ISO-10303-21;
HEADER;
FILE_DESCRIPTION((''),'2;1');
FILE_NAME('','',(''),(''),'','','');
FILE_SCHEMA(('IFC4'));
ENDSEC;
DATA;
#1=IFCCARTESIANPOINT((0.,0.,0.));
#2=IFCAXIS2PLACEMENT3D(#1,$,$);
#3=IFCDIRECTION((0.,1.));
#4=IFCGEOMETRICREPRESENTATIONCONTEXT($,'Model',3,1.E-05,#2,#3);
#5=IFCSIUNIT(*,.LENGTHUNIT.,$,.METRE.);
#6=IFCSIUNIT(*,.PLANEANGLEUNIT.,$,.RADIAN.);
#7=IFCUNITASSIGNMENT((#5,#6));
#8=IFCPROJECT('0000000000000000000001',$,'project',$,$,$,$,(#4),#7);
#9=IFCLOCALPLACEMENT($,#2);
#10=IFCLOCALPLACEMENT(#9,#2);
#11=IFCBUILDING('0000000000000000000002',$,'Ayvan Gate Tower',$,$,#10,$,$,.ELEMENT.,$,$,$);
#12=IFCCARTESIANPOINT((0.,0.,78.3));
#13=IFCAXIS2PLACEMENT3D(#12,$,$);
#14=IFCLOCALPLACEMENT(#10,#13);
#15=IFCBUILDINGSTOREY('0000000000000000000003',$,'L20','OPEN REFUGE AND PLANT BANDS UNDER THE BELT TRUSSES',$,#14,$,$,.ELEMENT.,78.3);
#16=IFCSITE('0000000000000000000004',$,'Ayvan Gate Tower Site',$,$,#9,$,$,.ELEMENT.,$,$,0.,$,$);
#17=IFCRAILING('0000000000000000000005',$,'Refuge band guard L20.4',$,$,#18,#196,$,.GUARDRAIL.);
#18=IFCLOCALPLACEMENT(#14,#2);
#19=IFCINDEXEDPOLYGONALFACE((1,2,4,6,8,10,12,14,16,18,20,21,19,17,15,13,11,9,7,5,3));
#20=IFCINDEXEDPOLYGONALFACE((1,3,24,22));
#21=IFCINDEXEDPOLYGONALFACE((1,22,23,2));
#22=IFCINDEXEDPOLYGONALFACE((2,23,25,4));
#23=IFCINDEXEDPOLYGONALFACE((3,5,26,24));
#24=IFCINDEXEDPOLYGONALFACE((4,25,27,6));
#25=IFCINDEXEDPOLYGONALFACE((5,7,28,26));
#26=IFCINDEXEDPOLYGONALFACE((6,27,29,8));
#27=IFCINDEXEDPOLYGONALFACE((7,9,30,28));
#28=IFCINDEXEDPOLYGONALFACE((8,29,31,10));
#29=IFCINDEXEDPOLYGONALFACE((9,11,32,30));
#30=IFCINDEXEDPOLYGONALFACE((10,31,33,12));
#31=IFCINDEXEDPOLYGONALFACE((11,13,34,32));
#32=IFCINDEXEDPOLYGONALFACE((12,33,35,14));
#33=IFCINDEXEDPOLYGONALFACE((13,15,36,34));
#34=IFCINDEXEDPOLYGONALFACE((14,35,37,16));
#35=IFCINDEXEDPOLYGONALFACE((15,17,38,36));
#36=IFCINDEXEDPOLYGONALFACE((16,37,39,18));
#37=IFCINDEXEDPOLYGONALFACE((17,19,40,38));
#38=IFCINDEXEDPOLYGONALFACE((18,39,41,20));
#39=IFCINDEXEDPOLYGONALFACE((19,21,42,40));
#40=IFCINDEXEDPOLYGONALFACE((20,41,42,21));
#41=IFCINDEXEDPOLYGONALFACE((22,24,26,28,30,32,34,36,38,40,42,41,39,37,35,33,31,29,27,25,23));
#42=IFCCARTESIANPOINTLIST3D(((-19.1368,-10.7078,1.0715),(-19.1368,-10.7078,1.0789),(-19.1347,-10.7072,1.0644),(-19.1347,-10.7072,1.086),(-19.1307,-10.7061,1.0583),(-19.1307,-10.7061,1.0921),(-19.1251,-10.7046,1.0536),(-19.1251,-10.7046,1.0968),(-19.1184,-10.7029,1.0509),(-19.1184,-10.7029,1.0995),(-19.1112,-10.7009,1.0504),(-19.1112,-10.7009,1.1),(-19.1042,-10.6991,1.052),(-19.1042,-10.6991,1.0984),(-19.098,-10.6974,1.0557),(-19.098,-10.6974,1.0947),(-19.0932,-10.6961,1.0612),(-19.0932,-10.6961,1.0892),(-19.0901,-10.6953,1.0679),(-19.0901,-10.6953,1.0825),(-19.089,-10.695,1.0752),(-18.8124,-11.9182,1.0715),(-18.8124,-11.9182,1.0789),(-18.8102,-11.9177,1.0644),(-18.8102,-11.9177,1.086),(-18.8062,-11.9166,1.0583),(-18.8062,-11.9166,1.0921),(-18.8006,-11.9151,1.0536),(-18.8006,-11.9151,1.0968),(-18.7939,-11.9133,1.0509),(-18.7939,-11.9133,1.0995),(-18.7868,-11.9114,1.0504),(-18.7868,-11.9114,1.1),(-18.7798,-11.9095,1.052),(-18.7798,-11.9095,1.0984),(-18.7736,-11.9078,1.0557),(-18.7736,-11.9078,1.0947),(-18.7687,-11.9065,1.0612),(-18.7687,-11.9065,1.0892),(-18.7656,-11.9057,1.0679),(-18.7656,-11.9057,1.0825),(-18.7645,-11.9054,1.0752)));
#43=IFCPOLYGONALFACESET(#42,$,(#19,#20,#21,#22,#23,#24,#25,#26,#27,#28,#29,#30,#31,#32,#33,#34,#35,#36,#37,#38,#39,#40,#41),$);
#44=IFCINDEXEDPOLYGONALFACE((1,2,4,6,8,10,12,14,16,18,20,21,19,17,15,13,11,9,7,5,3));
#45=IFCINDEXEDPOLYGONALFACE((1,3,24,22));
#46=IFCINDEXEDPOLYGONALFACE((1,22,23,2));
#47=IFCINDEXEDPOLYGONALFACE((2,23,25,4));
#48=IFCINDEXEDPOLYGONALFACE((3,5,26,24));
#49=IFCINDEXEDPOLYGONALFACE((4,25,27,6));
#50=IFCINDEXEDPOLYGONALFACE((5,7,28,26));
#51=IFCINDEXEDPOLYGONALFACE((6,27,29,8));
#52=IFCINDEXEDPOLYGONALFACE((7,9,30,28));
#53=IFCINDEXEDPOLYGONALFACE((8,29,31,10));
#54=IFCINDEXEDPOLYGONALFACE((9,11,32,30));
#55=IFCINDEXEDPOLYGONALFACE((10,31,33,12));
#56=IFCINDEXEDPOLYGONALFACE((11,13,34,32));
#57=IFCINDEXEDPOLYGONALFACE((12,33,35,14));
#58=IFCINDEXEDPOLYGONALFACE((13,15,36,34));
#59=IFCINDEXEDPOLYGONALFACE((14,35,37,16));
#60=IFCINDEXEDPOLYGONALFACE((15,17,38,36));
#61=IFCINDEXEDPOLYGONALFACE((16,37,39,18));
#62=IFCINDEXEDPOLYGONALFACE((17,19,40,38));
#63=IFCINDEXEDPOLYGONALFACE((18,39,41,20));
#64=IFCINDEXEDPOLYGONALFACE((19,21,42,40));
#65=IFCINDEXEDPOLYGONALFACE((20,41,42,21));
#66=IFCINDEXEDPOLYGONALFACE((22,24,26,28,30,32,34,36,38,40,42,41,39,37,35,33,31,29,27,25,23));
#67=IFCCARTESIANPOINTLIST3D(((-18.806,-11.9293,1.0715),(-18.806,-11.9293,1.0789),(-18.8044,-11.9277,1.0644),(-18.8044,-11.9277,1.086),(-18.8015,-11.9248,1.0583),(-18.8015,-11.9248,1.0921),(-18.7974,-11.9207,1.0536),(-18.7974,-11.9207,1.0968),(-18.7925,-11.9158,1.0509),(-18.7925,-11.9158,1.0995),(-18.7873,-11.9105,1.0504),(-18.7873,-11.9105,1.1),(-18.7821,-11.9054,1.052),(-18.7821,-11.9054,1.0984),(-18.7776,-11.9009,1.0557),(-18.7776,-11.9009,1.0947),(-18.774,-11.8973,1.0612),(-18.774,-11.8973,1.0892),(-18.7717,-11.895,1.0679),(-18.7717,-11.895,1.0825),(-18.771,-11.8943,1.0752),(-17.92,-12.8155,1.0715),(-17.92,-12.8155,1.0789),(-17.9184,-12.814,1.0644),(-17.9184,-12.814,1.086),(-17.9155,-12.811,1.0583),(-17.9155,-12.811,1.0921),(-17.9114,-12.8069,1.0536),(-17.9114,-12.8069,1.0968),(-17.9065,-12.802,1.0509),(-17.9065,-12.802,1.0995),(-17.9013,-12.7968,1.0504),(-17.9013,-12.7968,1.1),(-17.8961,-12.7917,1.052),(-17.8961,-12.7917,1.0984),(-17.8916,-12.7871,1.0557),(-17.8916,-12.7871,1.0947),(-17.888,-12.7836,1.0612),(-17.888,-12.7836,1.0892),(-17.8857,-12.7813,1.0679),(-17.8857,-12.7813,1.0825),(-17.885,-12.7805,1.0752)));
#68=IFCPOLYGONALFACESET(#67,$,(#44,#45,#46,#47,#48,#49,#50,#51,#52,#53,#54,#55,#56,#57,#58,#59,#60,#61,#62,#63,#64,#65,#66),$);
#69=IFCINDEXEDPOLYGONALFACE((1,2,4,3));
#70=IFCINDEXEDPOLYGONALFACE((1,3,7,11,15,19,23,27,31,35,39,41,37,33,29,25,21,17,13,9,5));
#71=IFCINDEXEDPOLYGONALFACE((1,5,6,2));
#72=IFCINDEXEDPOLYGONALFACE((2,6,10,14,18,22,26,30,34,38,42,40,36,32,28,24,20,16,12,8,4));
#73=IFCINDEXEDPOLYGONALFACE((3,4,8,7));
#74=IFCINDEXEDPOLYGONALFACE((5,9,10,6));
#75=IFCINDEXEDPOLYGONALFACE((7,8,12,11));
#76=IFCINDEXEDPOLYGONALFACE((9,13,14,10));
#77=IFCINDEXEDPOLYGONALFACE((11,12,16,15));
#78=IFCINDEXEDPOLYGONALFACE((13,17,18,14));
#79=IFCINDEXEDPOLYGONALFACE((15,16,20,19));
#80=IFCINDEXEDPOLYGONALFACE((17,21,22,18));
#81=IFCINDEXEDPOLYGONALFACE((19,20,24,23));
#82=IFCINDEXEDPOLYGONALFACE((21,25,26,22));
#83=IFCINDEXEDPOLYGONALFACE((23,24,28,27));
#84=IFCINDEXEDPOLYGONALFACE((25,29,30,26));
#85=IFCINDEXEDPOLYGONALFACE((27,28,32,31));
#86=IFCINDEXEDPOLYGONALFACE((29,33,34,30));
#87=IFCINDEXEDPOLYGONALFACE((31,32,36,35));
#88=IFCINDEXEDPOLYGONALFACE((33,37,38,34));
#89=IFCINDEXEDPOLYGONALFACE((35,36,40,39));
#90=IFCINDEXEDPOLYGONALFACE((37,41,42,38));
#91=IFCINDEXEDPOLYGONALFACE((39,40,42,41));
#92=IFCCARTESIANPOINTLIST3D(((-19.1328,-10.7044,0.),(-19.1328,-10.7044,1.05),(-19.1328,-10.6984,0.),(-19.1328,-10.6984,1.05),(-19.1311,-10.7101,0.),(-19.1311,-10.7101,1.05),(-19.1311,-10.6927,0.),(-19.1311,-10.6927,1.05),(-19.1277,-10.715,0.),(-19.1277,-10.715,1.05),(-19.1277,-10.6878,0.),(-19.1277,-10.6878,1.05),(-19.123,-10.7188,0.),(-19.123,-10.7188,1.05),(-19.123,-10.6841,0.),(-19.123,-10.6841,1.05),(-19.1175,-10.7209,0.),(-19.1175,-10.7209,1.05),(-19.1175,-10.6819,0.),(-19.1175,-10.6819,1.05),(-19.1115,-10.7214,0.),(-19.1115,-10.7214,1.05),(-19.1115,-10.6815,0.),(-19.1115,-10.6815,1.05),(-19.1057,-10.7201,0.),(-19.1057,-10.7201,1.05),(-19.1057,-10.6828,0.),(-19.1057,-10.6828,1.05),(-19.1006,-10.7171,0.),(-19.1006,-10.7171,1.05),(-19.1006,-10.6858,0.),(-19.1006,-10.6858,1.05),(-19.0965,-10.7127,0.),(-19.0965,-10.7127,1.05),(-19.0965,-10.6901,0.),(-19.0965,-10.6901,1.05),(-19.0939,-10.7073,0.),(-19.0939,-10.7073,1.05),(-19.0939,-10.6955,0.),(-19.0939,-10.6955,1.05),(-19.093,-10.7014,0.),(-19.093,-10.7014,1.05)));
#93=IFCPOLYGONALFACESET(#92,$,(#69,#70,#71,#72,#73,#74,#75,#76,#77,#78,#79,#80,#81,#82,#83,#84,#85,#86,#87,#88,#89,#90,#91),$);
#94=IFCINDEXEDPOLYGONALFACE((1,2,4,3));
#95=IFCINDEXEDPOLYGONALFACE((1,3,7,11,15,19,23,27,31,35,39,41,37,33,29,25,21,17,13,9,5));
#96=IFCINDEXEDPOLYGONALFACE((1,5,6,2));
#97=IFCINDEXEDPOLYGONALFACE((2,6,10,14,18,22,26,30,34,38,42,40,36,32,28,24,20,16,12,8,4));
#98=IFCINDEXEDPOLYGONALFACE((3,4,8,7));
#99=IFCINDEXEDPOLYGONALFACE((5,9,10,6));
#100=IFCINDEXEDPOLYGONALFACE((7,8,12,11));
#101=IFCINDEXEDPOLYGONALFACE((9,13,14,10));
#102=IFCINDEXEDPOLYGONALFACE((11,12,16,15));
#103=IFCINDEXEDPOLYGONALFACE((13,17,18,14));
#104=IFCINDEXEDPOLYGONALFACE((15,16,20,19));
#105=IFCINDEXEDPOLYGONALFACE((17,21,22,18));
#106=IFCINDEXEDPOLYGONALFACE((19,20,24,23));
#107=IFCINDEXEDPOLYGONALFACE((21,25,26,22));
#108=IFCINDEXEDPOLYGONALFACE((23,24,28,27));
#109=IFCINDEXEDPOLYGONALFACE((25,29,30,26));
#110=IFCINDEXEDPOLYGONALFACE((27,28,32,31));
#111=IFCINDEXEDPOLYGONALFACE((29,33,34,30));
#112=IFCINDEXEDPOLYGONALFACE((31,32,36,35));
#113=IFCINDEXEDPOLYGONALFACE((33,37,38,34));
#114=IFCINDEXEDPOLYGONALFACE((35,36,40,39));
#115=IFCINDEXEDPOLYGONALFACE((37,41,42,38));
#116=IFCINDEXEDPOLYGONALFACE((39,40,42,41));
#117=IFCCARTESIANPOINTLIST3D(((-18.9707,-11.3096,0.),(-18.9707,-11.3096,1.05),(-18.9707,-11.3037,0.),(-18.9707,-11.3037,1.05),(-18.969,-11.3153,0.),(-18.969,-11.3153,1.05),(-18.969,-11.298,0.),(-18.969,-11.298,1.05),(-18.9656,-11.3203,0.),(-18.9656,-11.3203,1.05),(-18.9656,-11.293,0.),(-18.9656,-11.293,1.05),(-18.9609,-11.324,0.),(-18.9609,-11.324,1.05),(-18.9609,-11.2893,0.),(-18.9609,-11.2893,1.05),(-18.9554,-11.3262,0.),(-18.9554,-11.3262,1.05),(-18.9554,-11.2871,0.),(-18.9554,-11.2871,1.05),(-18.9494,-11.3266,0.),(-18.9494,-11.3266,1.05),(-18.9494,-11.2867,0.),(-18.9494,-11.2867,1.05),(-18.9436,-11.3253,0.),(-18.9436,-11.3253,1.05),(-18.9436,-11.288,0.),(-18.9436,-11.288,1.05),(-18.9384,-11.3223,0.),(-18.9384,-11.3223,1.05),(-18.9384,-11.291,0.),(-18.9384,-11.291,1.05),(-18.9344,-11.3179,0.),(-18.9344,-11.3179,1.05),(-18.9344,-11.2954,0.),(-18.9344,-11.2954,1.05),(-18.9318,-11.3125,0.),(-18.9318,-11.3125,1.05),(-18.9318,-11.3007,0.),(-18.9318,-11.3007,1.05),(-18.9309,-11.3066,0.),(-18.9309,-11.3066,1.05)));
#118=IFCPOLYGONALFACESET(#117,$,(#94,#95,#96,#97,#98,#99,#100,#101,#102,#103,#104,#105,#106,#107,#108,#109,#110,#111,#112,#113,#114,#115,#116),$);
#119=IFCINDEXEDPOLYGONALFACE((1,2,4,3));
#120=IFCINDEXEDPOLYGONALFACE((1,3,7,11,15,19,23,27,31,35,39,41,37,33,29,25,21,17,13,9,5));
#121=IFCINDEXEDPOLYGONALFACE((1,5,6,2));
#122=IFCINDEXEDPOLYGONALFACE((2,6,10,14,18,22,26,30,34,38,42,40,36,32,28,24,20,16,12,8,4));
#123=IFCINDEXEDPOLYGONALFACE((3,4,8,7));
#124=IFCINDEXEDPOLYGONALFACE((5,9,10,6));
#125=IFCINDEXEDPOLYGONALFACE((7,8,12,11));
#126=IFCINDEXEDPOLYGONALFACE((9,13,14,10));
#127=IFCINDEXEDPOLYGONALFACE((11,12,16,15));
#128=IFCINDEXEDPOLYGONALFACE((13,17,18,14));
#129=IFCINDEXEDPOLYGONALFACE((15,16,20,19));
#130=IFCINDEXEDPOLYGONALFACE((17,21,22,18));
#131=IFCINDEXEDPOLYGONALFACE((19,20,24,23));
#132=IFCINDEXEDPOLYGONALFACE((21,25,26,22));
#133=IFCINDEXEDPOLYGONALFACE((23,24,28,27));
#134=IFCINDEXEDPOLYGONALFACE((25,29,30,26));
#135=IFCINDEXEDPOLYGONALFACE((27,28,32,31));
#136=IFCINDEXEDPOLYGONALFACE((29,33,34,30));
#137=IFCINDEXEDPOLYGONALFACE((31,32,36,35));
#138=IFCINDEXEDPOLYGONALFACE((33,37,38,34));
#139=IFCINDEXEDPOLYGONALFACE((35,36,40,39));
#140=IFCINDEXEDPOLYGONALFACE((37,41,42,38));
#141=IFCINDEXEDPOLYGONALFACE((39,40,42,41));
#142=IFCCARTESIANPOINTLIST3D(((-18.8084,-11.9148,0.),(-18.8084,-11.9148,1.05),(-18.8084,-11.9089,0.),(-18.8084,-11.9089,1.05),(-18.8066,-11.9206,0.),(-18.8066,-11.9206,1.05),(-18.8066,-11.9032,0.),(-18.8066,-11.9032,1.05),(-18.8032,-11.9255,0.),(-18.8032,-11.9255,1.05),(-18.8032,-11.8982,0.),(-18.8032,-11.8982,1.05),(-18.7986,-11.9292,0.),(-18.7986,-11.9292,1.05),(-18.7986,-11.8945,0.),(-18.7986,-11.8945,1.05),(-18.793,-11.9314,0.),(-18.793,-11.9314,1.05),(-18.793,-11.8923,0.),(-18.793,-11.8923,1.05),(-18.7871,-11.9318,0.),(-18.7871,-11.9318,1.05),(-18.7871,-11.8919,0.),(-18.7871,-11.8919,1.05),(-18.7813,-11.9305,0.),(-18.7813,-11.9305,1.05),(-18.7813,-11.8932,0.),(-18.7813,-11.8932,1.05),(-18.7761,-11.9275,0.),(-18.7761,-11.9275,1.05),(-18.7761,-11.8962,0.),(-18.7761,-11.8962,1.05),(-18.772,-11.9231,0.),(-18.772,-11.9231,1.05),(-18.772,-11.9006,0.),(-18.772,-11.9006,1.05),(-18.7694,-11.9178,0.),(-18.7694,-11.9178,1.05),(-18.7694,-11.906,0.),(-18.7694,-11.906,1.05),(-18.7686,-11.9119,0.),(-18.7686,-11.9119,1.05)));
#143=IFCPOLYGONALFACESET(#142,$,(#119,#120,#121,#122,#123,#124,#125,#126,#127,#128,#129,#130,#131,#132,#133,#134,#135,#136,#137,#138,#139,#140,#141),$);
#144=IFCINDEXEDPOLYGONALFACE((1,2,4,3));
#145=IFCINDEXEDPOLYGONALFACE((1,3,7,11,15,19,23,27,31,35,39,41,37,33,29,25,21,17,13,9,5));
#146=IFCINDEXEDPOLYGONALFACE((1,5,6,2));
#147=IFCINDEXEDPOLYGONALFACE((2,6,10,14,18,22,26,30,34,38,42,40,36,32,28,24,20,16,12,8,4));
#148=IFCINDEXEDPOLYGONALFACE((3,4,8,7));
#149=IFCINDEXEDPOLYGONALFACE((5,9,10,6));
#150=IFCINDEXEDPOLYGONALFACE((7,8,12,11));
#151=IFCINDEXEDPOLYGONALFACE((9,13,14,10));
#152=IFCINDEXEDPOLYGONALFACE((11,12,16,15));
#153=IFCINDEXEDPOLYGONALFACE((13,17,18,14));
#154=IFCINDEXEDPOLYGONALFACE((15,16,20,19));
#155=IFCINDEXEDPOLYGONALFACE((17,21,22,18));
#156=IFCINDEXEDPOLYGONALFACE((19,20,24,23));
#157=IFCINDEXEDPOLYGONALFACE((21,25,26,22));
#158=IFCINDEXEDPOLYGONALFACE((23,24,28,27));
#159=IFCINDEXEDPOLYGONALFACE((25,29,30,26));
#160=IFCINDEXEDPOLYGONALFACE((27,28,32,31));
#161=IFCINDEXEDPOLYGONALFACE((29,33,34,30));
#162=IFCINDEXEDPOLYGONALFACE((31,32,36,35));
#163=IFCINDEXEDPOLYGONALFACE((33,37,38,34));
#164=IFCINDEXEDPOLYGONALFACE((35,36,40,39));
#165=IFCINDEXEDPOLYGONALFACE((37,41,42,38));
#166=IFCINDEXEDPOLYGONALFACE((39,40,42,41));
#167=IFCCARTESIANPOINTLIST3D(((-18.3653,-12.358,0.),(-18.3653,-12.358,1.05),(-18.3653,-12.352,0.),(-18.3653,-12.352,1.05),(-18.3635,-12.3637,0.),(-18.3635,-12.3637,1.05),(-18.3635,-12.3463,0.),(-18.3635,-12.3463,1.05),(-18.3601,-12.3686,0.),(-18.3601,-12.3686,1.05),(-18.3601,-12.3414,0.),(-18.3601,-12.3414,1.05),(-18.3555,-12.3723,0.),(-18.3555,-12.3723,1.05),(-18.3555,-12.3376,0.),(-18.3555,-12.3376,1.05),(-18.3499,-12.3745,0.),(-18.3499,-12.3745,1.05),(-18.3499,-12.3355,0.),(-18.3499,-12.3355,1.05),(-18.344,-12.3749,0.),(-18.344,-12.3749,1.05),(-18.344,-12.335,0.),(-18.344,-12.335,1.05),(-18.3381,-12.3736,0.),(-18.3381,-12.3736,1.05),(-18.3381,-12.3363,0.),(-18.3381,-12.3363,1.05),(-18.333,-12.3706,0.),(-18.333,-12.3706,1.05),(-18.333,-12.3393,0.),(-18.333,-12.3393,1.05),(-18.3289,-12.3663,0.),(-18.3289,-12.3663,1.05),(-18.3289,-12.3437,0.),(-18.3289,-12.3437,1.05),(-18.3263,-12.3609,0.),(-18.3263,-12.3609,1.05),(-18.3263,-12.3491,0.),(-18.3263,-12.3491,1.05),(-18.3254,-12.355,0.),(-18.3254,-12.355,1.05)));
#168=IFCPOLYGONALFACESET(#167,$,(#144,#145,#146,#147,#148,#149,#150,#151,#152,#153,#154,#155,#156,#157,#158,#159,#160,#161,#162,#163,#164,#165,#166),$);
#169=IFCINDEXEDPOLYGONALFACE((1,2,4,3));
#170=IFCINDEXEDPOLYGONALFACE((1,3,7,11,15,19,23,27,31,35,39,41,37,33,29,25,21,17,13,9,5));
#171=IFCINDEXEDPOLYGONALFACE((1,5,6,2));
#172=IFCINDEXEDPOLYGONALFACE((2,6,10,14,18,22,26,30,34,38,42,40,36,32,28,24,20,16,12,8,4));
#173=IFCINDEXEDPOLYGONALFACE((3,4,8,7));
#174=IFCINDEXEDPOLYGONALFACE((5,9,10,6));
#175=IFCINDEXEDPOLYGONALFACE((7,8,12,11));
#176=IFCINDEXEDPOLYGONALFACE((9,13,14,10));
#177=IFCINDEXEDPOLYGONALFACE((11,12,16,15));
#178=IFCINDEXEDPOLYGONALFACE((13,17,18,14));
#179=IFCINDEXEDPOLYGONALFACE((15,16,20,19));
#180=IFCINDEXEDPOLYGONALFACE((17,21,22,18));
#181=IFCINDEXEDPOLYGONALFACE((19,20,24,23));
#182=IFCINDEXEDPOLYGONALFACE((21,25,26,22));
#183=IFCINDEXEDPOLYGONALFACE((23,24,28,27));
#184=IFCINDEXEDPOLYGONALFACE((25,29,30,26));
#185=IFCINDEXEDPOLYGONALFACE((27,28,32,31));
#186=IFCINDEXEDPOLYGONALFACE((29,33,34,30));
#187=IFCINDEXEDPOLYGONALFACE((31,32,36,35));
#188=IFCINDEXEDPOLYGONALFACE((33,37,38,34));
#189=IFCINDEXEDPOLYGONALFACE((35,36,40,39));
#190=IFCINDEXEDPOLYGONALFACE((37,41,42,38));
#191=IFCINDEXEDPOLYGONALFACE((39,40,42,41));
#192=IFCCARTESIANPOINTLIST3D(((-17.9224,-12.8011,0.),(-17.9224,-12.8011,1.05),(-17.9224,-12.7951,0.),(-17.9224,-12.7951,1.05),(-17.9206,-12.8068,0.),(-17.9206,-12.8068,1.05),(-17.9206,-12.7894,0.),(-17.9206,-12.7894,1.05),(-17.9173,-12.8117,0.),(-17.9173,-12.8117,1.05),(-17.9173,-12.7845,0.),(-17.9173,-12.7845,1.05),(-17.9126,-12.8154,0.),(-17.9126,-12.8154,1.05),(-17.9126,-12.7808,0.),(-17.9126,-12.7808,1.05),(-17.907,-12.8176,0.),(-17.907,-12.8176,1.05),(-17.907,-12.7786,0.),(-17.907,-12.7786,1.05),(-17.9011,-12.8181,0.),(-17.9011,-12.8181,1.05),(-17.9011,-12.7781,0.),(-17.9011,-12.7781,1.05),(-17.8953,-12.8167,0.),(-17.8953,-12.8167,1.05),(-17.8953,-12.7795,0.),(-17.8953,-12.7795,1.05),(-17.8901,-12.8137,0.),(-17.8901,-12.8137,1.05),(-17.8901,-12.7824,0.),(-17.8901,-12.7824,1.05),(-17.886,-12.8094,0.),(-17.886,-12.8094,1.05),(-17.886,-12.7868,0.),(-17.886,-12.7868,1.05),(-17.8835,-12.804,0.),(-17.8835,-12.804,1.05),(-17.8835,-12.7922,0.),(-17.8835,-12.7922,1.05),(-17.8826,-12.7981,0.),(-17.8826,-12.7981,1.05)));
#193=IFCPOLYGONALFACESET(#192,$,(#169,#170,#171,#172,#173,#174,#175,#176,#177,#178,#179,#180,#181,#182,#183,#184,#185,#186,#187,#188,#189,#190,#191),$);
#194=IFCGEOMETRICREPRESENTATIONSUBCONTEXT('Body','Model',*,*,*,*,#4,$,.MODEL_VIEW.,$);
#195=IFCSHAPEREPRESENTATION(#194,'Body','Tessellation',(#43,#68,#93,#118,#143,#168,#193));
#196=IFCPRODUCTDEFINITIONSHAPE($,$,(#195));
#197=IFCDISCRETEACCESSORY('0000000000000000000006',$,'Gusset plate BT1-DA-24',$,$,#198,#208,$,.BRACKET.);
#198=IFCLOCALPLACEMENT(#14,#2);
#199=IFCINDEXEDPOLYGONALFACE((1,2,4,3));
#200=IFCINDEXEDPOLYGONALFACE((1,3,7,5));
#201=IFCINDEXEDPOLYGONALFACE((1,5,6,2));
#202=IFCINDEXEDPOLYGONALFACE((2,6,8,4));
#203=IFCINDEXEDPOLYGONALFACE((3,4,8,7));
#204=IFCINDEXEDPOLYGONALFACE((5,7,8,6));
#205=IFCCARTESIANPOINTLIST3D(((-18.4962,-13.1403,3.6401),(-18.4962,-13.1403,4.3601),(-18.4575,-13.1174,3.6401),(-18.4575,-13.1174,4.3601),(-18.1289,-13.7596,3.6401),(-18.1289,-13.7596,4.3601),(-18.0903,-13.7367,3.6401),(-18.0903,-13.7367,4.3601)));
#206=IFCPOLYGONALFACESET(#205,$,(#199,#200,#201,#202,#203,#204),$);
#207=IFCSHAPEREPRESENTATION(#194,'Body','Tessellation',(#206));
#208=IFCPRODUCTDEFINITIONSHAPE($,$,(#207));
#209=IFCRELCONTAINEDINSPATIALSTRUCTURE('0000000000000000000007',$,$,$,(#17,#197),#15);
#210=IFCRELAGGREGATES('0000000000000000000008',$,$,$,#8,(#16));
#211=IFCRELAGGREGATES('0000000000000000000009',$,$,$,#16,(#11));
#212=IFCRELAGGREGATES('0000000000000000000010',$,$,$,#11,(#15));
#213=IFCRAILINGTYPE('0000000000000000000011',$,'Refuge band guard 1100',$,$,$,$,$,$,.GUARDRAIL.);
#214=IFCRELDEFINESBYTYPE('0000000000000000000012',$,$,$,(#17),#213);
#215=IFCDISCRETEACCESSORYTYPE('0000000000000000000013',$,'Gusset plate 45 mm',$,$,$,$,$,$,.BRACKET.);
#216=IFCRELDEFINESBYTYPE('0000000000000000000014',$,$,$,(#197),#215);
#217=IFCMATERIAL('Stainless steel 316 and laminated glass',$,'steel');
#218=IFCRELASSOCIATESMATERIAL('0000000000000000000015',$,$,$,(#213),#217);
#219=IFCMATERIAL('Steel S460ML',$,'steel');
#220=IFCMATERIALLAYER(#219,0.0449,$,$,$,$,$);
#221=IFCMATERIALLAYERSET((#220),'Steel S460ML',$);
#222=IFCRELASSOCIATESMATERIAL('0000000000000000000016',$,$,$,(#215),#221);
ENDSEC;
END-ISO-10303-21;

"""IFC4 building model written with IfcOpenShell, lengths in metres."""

from ifc_helpers import new_model, si_unit, direction, frame, origin, origin_2d, place, context, subcontext, project, spatial, rectangle, circle, extrude, material, layer, layer_set, type_object, element, save


model = new_model("IFC4")

# Units and contexts
model_context = context("Model", 3, precision=1e-05, world=origin(), true_north=direction((0.0, 1.0)))
body_context = subcontext(model_context, "Body", "Model", "MODEL_VIEW")
ifc_project = project(units=[si_unit("LENGTHUNIT", "METRE"), si_unit("PLANEANGLEUNIT", "RADIAN")], contexts=[model_context])

# Site, building, storey
site_placement = place(None, origin())
site = spatial("IfcSite", under=ifc_project, at=site_placement, Name="Ayvan Gate Tower Site", CompositionType="ELEMENT", RefElevation=0.0)
building_placement = place(site_placement, origin())
building = spatial("IfcBuilding", under=site, at=building_placement, Name="Ayvan Gate Tower", CompositionType="ELEMENT")
storey_placement = place(building_placement, frame((0.0, 0.0, 78.3)))
storey = spatial("IfcBuildingStorey", under=building, at=storey_placement, Name="L20", Description="OPEN REFUGE AND PLANT BANDS UNDER THE BELT TRUSSES", CompositionType="ELEMENT", Elevation=78.3)

# Shared definitions
ifc_material_1 = material(Name="Steel S460ML", Category="steel")

# Railing
ifc_material_2 = material(Name="Stainless steel 316 and laminated glass", Category="steel")
railing_type_1 = type_object("IfcRailingType", Name="Refuge band guard 1100", PredefinedType="GUARDRAIL", material=ifc_material_2)
railing_1_placement = place(storey_placement, frame((-19.113, -10.7014, 0.0)))
element("IfcRailing", 1, at=railing_1_placement, inside=storey, type_object=railing_type_1, Name="Refuge band guard L20.4", PredefinedType="GUARDRAIL", context=body_context, shape_type="SweptSolid", body=[
    extrude(circle(Radius=0.0249, at=origin_2d()), frame((0.0, 0.0, 1.0752), z_axis=(0.258911, -0.965901, 0.0), x_axis=(0.965901, 0.258911, 0.0)), (0.0, 0.0, 1.0), 1.2532),
    extrude(circle(Radius=0.0249, at=origin_2d()), frame((0.3245, -1.2104, 1.0752), z_axis=(0.707009, -0.707204, 0.0), x_axis=(0.707204, 0.707009, 0.0)), (0.0, 0.0, 1.0), 1.2532),
    extrude(circle(Radius=0.02, at=origin_2d()), origin(), (0.0, 0.0, 1.0), 1.05),
    extrude(circle(Radius=0.02, at=origin_2d()), frame((0.1621, -0.6052, 0.0)), (0.0, 0.0, 1.0), 1.05),
    extrude(circle(Radius=0.02, at=origin_2d()), frame((0.3245, -1.2104, 0.0)), (0.0, 0.0, 1.0), 1.05),
    extrude(circle(Radius=0.02, at=origin_2d()), frame((0.7676, -1.6536, 0.0)), (0.0, 0.0, 1.0), 1.05),
    extrude(circle(Radius=0.02, at=origin_2d()), frame((1.2104, -2.0967, 0.0)), (0.0, 0.0, 1.0), 1.05),
])

# Discrete accessory
ifc_layer_1 = layer(ifc_material_1, 0.0449)
ifc_layer_set_1 = layer_set([ifc_layer_1], Name="Steel S460ML")
discrete_accessory_type = type_object("IfcDiscreteAccessoryType", Name="Gusset plate 45 mm", PredefinedType="BRACKET", material=ifc_layer_set_1)
for number, where, z_axis, x_axis, name in (
    (2, (-18.2932, -13.4385, 3.6401), (0.0, 0.0, 1.0), (-0.510084, 0.860125, 0.0), "Gusset plate BT1-DA-24"),
):
    element("IfcDiscreteAccessory", number, at=place(storey_placement, frame(where, z_axis=z_axis, x_axis=x_axis)), inside=storey, type_object=discrete_accessory_type, Name=name, PredefinedType="BRACKET", context=body_context, shape_type="SweptSolid", body=[
        extrude(rectangle(XDim=0.72, YDim=0.0449, at=origin_2d()), origin(), (0.0, 0.0, 1.0), 0.72),
    ])

save(model, "model.ifc")
